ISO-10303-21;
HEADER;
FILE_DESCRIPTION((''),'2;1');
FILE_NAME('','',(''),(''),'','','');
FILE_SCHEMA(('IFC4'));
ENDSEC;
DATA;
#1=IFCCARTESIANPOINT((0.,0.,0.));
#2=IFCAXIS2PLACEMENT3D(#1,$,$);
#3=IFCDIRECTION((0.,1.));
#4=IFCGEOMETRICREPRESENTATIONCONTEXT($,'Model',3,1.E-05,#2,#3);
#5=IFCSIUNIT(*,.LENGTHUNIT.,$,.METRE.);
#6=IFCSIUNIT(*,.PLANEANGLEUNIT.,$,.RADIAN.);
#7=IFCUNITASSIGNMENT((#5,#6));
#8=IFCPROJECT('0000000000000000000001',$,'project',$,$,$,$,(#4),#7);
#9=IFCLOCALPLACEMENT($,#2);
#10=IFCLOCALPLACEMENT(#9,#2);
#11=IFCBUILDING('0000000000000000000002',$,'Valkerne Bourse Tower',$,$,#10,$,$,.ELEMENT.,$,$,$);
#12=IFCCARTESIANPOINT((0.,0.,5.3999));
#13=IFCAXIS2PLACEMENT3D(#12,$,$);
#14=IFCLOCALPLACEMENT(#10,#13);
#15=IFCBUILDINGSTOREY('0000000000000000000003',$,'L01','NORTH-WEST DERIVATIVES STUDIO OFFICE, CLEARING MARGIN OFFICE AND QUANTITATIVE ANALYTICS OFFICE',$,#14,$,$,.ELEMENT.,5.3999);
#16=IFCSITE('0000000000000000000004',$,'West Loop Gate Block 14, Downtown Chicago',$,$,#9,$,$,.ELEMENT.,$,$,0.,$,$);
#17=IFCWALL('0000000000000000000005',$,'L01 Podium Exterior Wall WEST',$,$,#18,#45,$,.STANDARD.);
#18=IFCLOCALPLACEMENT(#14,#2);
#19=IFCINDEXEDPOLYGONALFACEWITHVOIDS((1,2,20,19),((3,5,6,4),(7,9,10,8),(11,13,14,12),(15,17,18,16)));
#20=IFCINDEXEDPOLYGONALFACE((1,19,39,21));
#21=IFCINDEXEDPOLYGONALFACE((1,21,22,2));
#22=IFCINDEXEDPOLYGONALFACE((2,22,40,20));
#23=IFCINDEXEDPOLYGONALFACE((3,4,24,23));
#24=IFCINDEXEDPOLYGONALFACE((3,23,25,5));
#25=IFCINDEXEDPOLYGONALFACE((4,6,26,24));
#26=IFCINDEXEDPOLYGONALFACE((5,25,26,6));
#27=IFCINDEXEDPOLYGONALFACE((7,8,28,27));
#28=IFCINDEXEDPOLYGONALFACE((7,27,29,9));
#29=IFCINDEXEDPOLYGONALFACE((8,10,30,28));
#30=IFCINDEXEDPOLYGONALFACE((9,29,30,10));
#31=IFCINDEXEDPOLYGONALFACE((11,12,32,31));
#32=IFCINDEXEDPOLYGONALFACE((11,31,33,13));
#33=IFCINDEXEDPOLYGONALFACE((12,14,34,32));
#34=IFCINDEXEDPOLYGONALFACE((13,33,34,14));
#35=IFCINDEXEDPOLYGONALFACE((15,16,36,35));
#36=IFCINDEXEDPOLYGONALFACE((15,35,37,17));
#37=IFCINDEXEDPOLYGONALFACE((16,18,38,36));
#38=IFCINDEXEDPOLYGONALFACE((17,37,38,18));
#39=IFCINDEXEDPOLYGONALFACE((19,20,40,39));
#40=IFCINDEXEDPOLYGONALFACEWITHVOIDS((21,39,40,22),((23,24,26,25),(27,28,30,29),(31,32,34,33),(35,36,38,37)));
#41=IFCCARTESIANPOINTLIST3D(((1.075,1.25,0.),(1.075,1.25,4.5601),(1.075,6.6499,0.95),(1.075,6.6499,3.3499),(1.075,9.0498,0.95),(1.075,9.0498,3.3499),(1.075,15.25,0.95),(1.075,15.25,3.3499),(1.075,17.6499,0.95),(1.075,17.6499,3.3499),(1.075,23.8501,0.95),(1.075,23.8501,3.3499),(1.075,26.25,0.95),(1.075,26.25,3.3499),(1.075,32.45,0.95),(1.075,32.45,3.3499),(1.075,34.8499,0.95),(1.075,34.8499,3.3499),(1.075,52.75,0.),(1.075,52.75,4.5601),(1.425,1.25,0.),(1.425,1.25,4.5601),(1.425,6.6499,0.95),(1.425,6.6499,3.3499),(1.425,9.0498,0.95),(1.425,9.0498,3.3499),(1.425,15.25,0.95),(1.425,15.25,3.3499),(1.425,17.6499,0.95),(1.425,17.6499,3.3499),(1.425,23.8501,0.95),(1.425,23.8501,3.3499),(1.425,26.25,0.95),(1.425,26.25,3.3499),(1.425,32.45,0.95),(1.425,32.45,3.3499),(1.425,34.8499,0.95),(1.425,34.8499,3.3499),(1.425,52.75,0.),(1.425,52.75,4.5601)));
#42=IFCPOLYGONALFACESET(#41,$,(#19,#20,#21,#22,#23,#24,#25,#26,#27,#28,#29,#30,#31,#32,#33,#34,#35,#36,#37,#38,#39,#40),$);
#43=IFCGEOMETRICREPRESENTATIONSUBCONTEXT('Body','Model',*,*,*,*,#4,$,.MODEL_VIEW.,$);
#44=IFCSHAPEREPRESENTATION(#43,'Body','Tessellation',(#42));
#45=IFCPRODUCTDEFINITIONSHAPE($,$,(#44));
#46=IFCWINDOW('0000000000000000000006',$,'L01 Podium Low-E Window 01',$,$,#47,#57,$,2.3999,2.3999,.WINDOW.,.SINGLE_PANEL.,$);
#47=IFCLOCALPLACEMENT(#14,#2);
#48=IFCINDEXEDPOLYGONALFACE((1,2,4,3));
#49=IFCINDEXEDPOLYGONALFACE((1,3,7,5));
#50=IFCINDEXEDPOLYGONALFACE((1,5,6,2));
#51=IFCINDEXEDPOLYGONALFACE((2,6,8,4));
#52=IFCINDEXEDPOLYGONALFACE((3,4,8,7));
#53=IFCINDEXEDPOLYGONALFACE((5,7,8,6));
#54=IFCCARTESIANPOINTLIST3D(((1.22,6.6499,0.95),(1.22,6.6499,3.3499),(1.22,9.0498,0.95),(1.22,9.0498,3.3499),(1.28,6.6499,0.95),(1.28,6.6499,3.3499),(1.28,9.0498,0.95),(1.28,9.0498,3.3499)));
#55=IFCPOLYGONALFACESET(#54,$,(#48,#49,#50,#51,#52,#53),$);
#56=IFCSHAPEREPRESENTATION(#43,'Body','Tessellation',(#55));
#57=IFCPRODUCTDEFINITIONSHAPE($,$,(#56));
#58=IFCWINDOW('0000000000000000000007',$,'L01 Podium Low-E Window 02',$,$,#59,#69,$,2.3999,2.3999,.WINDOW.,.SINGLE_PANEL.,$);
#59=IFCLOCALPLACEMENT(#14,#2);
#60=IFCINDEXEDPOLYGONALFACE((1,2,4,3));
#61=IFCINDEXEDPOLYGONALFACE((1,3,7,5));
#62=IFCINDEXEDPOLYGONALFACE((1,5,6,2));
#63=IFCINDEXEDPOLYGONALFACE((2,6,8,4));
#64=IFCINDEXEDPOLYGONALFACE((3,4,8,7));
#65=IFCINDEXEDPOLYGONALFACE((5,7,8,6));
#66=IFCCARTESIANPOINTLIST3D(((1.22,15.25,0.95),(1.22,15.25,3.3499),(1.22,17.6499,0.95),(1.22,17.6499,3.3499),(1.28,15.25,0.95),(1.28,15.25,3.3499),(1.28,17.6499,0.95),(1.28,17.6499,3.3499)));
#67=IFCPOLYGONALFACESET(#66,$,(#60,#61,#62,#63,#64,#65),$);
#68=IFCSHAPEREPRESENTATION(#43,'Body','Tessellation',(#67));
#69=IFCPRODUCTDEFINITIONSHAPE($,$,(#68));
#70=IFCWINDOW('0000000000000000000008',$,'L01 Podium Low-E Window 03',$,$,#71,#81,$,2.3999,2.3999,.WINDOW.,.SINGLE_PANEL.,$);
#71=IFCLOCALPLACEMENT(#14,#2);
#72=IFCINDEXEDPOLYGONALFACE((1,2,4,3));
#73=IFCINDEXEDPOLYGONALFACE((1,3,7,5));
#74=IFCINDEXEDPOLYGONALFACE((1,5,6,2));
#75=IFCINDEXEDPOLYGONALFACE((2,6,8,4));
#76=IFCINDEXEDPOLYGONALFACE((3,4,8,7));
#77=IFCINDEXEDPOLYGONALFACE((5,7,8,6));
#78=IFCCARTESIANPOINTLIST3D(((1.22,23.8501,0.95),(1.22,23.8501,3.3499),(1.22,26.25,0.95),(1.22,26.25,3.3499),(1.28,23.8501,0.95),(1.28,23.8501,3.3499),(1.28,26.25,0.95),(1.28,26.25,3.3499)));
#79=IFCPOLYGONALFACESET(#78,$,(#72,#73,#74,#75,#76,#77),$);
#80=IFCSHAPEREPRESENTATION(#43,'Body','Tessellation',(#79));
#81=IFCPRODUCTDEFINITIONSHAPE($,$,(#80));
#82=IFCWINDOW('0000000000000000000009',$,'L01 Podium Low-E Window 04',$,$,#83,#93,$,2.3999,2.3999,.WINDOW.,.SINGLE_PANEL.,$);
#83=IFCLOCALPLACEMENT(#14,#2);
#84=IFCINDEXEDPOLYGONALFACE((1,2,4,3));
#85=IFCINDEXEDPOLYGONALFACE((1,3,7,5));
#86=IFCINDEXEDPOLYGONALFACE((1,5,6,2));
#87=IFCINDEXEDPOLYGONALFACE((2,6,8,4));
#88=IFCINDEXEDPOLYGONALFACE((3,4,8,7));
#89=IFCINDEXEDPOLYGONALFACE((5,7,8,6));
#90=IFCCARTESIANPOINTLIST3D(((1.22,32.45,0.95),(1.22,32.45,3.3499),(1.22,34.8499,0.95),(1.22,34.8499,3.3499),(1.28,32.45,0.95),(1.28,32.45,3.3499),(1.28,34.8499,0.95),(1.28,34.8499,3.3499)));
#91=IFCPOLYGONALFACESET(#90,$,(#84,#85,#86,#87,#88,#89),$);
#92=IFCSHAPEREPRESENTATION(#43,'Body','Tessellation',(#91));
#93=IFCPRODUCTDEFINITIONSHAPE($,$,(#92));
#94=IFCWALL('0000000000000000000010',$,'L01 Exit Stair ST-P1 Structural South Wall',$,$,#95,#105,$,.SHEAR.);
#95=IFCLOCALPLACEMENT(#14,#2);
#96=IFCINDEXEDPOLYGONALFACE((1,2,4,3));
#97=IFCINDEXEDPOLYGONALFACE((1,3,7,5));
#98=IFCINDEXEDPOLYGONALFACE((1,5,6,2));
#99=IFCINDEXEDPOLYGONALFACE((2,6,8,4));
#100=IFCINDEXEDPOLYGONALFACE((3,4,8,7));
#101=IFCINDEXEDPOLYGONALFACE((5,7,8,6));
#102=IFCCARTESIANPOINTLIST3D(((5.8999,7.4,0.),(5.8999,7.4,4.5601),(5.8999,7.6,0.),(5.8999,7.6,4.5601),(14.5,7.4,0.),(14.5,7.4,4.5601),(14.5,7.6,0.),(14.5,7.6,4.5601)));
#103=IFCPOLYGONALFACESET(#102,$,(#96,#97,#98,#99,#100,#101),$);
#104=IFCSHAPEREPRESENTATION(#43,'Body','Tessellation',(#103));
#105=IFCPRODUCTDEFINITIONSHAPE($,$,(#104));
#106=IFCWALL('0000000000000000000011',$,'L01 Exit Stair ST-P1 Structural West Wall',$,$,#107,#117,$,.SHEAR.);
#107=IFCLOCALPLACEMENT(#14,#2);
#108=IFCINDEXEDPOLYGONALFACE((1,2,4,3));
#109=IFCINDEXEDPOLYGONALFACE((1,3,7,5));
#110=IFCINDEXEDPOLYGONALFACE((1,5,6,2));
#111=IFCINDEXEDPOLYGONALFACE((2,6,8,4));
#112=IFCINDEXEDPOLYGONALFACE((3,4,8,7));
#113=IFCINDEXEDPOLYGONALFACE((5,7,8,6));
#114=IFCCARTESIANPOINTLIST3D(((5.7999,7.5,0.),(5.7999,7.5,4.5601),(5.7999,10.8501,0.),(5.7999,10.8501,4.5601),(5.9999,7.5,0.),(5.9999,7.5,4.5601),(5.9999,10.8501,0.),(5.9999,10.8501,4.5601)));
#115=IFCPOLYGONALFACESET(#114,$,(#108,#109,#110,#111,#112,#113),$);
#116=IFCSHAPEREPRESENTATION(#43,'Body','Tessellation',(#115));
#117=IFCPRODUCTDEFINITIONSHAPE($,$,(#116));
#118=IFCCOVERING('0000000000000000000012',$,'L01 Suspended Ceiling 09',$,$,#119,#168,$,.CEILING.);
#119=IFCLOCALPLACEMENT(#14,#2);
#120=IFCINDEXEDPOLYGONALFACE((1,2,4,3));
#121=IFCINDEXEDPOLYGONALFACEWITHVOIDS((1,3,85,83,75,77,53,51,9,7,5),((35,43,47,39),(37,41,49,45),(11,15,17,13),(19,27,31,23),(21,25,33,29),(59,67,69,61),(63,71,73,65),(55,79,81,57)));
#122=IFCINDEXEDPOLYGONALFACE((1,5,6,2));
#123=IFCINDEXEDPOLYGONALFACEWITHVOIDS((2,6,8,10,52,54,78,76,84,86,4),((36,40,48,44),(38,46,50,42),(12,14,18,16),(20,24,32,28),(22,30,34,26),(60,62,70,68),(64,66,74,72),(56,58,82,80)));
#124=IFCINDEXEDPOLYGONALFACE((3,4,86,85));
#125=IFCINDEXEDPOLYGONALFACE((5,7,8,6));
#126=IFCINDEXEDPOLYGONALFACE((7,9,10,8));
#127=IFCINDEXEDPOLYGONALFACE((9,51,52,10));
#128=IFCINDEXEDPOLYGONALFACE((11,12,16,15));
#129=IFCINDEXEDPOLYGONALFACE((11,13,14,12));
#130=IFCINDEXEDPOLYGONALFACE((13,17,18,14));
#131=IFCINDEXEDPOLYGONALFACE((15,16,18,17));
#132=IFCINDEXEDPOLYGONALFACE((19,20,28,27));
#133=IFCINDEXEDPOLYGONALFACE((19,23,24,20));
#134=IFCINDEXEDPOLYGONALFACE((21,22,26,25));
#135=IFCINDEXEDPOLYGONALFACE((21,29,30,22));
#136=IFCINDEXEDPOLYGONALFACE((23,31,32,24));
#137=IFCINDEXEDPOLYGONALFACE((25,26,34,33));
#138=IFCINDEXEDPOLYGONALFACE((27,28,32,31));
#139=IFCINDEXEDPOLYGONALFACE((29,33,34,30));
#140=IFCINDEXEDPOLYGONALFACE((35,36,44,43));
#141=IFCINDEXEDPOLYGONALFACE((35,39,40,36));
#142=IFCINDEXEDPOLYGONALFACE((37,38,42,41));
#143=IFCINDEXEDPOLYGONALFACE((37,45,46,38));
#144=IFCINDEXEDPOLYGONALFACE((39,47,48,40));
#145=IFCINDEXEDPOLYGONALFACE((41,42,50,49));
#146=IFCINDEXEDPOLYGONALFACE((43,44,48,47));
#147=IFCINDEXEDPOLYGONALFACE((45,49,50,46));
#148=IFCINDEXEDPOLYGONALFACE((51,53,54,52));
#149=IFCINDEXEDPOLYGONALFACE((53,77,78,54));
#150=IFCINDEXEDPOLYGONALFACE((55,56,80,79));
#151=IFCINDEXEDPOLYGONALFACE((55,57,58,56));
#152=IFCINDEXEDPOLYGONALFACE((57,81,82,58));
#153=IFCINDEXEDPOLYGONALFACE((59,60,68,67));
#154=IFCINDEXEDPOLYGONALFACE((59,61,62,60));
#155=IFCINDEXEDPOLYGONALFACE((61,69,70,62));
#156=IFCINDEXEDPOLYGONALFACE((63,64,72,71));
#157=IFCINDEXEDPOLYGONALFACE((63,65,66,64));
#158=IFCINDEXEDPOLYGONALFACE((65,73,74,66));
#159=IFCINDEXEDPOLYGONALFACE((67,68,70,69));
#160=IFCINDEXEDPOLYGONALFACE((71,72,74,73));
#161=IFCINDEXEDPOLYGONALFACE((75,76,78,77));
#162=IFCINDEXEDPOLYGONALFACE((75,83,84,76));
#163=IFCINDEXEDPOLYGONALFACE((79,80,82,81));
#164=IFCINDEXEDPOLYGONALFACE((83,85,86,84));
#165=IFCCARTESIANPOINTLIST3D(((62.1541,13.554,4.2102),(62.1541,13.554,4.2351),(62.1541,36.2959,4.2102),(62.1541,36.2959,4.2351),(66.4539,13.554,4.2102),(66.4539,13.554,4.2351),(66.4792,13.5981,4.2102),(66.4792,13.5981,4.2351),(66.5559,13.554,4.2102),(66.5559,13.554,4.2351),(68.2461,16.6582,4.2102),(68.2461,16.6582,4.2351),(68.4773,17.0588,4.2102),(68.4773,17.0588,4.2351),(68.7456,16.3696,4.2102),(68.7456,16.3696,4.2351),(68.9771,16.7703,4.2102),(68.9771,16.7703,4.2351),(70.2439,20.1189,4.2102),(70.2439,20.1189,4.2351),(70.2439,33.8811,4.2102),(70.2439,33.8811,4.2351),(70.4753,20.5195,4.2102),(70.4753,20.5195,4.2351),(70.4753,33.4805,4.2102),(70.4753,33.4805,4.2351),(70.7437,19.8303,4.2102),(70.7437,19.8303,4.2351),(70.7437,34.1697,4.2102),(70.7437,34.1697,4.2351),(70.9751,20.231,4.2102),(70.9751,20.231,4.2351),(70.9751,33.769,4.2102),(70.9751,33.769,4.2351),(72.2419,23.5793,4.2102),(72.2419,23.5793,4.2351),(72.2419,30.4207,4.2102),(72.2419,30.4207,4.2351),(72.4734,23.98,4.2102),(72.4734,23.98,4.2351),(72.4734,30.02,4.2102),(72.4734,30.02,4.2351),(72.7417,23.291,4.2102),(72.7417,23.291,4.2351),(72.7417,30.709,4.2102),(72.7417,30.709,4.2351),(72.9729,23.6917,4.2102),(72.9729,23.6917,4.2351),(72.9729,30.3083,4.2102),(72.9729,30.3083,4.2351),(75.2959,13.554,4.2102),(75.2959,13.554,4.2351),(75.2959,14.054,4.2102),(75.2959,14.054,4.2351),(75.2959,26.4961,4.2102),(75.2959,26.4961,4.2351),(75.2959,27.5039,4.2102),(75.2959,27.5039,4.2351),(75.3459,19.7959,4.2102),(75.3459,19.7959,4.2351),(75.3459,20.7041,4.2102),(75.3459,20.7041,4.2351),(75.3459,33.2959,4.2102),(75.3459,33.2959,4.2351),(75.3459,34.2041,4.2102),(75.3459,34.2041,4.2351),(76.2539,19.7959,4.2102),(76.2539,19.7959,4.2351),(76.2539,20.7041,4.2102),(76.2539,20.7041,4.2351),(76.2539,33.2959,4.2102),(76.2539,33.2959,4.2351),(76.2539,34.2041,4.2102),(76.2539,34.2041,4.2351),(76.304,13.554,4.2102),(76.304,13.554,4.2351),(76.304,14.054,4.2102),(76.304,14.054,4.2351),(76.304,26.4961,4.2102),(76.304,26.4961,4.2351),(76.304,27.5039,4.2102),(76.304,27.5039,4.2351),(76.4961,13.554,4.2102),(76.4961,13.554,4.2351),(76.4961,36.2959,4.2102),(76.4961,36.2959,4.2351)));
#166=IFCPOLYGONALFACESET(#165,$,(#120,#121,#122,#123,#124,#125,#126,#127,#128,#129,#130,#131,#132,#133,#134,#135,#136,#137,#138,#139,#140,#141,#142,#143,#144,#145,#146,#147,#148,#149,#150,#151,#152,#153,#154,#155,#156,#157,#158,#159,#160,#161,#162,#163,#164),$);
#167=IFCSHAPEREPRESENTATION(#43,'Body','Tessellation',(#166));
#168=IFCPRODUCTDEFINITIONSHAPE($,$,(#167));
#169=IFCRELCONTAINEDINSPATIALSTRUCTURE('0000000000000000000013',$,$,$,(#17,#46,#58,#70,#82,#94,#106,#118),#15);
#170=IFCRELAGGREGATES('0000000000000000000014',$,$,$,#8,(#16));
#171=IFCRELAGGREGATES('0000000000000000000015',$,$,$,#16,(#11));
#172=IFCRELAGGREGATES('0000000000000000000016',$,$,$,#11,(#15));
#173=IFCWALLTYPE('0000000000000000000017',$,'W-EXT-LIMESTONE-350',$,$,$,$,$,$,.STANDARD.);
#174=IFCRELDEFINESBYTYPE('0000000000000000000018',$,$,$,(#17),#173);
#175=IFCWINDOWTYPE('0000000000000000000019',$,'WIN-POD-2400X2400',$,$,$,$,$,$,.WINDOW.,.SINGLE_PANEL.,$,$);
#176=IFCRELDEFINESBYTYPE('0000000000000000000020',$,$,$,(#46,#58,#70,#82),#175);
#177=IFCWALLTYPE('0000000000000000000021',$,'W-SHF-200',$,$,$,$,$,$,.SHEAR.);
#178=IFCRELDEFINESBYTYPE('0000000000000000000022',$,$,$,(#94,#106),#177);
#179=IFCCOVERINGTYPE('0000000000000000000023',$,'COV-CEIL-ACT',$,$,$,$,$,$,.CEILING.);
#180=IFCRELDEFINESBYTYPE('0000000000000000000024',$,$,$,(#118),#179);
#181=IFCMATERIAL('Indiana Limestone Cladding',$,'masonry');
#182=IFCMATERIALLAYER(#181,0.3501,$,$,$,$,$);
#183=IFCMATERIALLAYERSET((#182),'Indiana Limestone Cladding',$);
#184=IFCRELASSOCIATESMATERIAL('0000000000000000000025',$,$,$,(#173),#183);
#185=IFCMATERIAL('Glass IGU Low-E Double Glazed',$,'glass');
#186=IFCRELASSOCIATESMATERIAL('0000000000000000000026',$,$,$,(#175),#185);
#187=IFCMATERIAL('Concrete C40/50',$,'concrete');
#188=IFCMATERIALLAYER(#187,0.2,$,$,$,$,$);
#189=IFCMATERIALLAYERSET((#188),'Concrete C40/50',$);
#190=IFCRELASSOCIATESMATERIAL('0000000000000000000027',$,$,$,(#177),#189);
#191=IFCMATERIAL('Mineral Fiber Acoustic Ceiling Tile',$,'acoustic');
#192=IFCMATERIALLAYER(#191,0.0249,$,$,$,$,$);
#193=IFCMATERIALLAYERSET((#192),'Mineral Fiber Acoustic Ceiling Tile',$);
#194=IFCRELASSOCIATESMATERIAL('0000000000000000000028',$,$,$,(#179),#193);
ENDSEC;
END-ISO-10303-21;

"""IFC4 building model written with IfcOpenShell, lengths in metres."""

from ifc_helpers import new_model, si_unit, direction, frame, frame_2d, origin, place, context, subcontext, project, spatial, polyline, rectangle, outline, extrude, material, layer, layer_set, type_object, element, fill, save


model = new_model("IFC4")

# Units and contexts
model_context = context("Model", 3, precision=1e-05, world=origin(), true_north=direction((0.0, 1.0)))
body_context = subcontext(model_context, "Body", "Model", "MODEL_VIEW")
ifc_project = project(units=[si_unit("LENGTHUNIT", "METRE"), si_unit("PLANEANGLEUNIT", "RADIAN")], contexts=[model_context])

# Site, building, storey
site_placement = place(None, origin())
site = spatial("IfcSite", under=ifc_project, at=site_placement, Name="West Loop Gate Block 14, Downtown Chicago", CompositionType="ELEMENT", RefElevation=0.0)
building_placement = place(site_placement, origin())
building = spatial("IfcBuilding", under=site, at=building_placement, Name="Valkerne Bourse Tower", CompositionType="ELEMENT")
storey_placement = place(building_placement, frame((0.0, 0.0, 5.3999)))
storey = spatial("IfcBuildingStorey", under=building, at=storey_placement, Name="L01", Description="NORTH-WEST DERIVATIVES STUDIO OFFICE, CLEARING MARGIN OFFICE AND QUANTITATIVE ANALYTICS OFFICE", CompositionType="ELEMENT", Elevation=5.3999)

# Wall, openings, windows
ifc_material_1 = material(Name="Indiana Limestone Cladding", Category="masonry")
ifc_layer_1 = layer(ifc_material_1, 0.3501)
ifc_layer_set_1 = layer_set([ifc_layer_1], Name="Indiana Limestone Cladding")
wall_type_1 = type_object("IfcWallType", Name="W-EXT-LIMESTONE-350", PredefinedType="STANDARD", material=ifc_layer_set_1)
wall_1_placement = place(storey_placement, frame((1.25, 1.25, 0.0), z_axis=(0.0, 0.0, 1.0), x_axis=(0.0, 1.0, 0.0)))
wall_1 = element("IfcWall", 1, at=wall_1_placement, inside=storey, type_object=wall_type_1, Name="L01 Podium Exterior Wall WEST", PredefinedType="STANDARD", context=body_context, shape_type="SweptSolid", body=[
    extrude(rectangle(XDim=51.5, YDim=0.3501, at=frame_2d((25.75, 0.0))), origin(), (0.0, 0.0, 1.0), 4.5601),
])
opening_1_placement = place(wall_1_placement, frame((5.3999, 0.0, 0.95)))
opening_1 = element("IfcOpeningElement", 2, at=opening_1_placement, cuts=wall_1, PredefinedType="OPENING", context=body_context, shape_type="SweptSolid", body=[
    extrude(rectangle(XDim=2.3999, YDim=2.3999, at=frame_2d((1.2, 1.2))), frame((0.0, 0.1851, 0.0), z_axis=(0.0, -1.0, 0.0), x_axis=(1.0, 0.0, 0.0)), (0.0, 0.0, 1.0), 0.3701),
])
opening_2_placement = place(wall_1_placement, frame((14.0, 0.0, 0.95)))
opening_2 = element("IfcOpeningElement", 3, at=opening_2_placement, cuts=wall_1, PredefinedType="OPENING", context=body_context, shape_type="SweptSolid", body=[
    extrude(rectangle(XDim=2.3999, YDim=2.3999, at=frame_2d((1.2, 1.2))), frame((0.0, 0.1851, 0.0), z_axis=(0.0, -1.0, 0.0), x_axis=(1.0, 0.0, 0.0)), (0.0, 0.0, 1.0), 0.3701),
])
opening_3_placement = place(wall_1_placement, frame((22.6001, 0.0, 0.95)))
opening_3 = element("IfcOpeningElement", 4, at=opening_3_placement, cuts=wall_1, PredefinedType="OPENING", context=body_context, shape_type="SweptSolid", body=[
    extrude(rectangle(XDim=2.3999, YDim=2.3999, at=frame_2d((1.2, 1.2))), frame((0.0, 0.1851, 0.0), z_axis=(0.0, -1.0, 0.0), x_axis=(1.0, 0.0, 0.0)), (0.0, 0.0, 1.0), 0.3701),
])
opening_4_placement = place(wall_1_placement, frame((31.2, 0.0, 0.95)))
opening_4 = element("IfcOpeningElement", 5, at=opening_4_placement, cuts=wall_1, PredefinedType="OPENING", context=body_context, shape_type="SweptSolid", body=[
    extrude(rectangle(XDim=2.3999, YDim=2.3999, at=frame_2d((1.2, 1.2))), frame((0.0, 0.1851, 0.0), z_axis=(0.0, -1.0, 0.0), x_axis=(1.0, 0.0, 0.0)), (0.0, 0.0, 1.0), 0.3701),
])
ifc_material_2 = material(Name="Glass IGU Low-E Double Glazed", Category="glass")
window_type = type_object("IfcWindowType", Name="WIN-POD-2400X2400", PartitioningType="SINGLE_PANEL", PredefinedType="WINDOW", material=ifc_material_2)
window_1_placement = place(opening_1_placement, origin())
window_1 = element("IfcWindow", 6, at=window_1_placement, inside=storey, type_object=window_type, Name="L01 Podium Low-E Window 01", OverallHeight=2.3999, OverallWidth=2.3999, PartitioningType="SINGLE_PANEL", PredefinedType="WINDOW", context=body_context, shape_type="SweptSolid", body=[
    extrude(rectangle(XDim=2.3999, YDim=2.3999, at=frame_2d((1.2, 1.2))), frame((0.0, 0.03, 0.0), z_axis=(0.0, -1.0, 0.0), x_axis=(1.0, 0.0, 0.0)), (0.0, 0.0, 1.0), 0.0601),
])
fill(opening_1, window_1)
window_2_placement = place(opening_2_placement, origin())
window_2 = element("IfcWindow", 7, at=window_2_placement, inside=storey, type_object=window_type, Name="L01 Podium Low-E Window 02", OverallHeight=2.3999, OverallWidth=2.3999, PartitioningType="SINGLE_PANEL", PredefinedType="WINDOW", context=body_context, shape_type="SweptSolid", body=[
    extrude(rectangle(XDim=2.3999, YDim=2.3999, at=frame_2d((1.2, 1.2))), frame((0.0, 0.03, 0.0), z_axis=(0.0, -1.0, 0.0), x_axis=(1.0, 0.0, 0.0)), (0.0, 0.0, 1.0), 0.0601),
])
fill(opening_2, window_2)
window_3_placement = place(opening_3_placement, origin())
window_3 = element("IfcWindow", 8, at=window_3_placement, inside=storey, type_object=window_type, Name="L01 Podium Low-E Window 03", OverallHeight=2.3999, OverallWidth=2.3999, PartitioningType="SINGLE_PANEL", PredefinedType="WINDOW", context=body_context, shape_type="SweptSolid", body=[
    extrude(rectangle(XDim=2.3999, YDim=2.3999, at=frame_2d((1.2, 1.2))), frame((0.0, 0.03, 0.0), z_axis=(0.0, -1.0, 0.0), x_axis=(1.0, 0.0, 0.0)), (0.0, 0.0, 1.0), 0.0601),
])
fill(opening_3, window_3)
window_4_placement = place(opening_4_placement, origin())
window_4 = element("IfcWindow", 9, at=window_4_placement, inside=storey, type_object=window_type, Name="L01 Podium Low-E Window 04", OverallHeight=2.3999, OverallWidth=2.3999, PartitioningType="SINGLE_PANEL", PredefinedType="WINDOW", context=body_context, shape_type="SweptSolid", body=[
    extrude(rectangle(XDim=2.3999, YDim=2.3999, at=frame_2d((1.2, 1.2))), frame((0.0, 0.03, 0.0), z_axis=(0.0, -1.0, 0.0), x_axis=(1.0, 0.0, 0.0)), (0.0, 0.0, 1.0), 0.0601),
])
fill(opening_4, window_4)

# Walls
ifc_material_3 = material(Name="Concrete C40/50", Category="concrete")
ifc_layer_2 = layer(ifc_material_3, 0.2)
ifc_layer_set_2 = layer_set([ifc_layer_2], Name="Concrete C40/50")
wall_type_2 = type_object("IfcWallType", Name="W-SHF-200", PredefinedType="SHEAR", material=ifc_layer_set_2)
wall_2_placement = place(storey_placement, frame((5.8999, 7.5, 0.0), z_axis=(0.0, 0.0, 1.0), x_axis=(1.0, 0.0, 0.0)))
element("IfcWall", 10, at=wall_2_placement, inside=storey, type_object=wall_type_2, Name="L01 Exit Stair ST-P1 Structural South Wall", PredefinedType="SHEAR", context=body_context, shape_type="SweptSolid", body=[
    extrude(rectangle(XDim=8.6001, YDim=0.2, at=frame_2d((4.3, 0.0))), origin(), (0.0, 0.0, 1.0), 4.5601),
])
wall_3_placement = place(storey_placement, frame((5.8999, 7.5, 0.0), z_axis=(0.0, 0.0, 1.0), x_axis=(0.0, 1.0, 0.0)))
element("IfcWall", 11, at=wall_3_placement, inside=storey, type_object=wall_type_2, Name="L01 Exit Stair ST-P1 Structural West Wall", PredefinedType="SHEAR", context=body_context, shape_type="SweptSolid", body=[
    extrude(rectangle(XDim=3.3501, YDim=0.2, at=frame_2d((1.675, 0.0))), origin(), (0.0, 0.0, 1.0), 4.5601),
])

# Covering
ifc_material_4 = material(Name="Mineral Fiber Acoustic Ceiling Tile", Category="acoustic")
ifc_layer_3 = layer(ifc_material_4, 0.0249)
ifc_layer_set_3 = layer_set([ifc_layer_3], Name="Mineral Fiber Acoustic Ceiling Tile")
covering_type_1 = type_object("IfcCoveringType", Name="COV-CEIL-ACT", PredefinedType="CEILING", material=ifc_layer_set_3)
covering_1_placement = place(storey_placement, frame((0.0, 0.0, 4.2102)))
element("IfcCovering", 12, at=covering_1_placement, inside=storey, type_object=covering_type_1, Name="L01 Suspended Ceiling 09", PredefinedType="CEILING", context=body_context, shape_type="SweptSolid", body=[
    extrude(outline(polyline([(62.1541, 36.2959), (76.4961, 36.2959), (76.4961, 13.554), (76.304, 13.554), (76.304, 14.054), (75.2959, 14.054), (75.2959, 13.554), (66.5559, 13.554), (66.4792, 13.5981), (66.4539, 13.554), (62.1541, 13.554), (62.1541, 36.2959)]), holes=[polyline([(68.2461, 16.6582), (68.7456, 16.3696), (68.9771, 16.7703), (68.4773, 17.0588), (68.2461, 16.6582)]), polyline([(70.4753, 20.5195), (70.2439, 20.1189), (70.7437, 19.8303), (70.9751, 20.231), (70.4753, 20.5195)]), polyline([(76.2539, 20.7041), (75.3459, 20.7041), (75.3459, 19.7959), (76.2539, 19.7959), (76.2539, 20.7041)]), polyline([(72.4734, 23.98), (72.2419, 23.5793), (72.7417, 23.291), (72.9729, 23.6917), (72.4734, 23.98)]), polyline([(76.304, 27.5039), (75.2959, 27.5039), (75.2959, 26.4961), (76.304, 26.4961), (76.304, 27.5039)]), polyline([(72.7417, 30.709), (72.2419, 30.4207), (72.4734, 30.02), (72.9729, 30.3083), (72.7417, 30.709)]), polyline([(76.2539, 34.2041), (75.3459, 34.2041), (75.3459, 33.2959), (76.2539, 33.2959), (76.2539, 34.2041)]), polyline([(70.2439, 33.8811), (70.4753, 33.4805), (70.9751, 33.769), (70.7437, 34.1697), (70.2439, 33.8811)])]), origin(), (0.0, 0.0, 1.0), 0.0249),
])

save(model, "model.ifc")
